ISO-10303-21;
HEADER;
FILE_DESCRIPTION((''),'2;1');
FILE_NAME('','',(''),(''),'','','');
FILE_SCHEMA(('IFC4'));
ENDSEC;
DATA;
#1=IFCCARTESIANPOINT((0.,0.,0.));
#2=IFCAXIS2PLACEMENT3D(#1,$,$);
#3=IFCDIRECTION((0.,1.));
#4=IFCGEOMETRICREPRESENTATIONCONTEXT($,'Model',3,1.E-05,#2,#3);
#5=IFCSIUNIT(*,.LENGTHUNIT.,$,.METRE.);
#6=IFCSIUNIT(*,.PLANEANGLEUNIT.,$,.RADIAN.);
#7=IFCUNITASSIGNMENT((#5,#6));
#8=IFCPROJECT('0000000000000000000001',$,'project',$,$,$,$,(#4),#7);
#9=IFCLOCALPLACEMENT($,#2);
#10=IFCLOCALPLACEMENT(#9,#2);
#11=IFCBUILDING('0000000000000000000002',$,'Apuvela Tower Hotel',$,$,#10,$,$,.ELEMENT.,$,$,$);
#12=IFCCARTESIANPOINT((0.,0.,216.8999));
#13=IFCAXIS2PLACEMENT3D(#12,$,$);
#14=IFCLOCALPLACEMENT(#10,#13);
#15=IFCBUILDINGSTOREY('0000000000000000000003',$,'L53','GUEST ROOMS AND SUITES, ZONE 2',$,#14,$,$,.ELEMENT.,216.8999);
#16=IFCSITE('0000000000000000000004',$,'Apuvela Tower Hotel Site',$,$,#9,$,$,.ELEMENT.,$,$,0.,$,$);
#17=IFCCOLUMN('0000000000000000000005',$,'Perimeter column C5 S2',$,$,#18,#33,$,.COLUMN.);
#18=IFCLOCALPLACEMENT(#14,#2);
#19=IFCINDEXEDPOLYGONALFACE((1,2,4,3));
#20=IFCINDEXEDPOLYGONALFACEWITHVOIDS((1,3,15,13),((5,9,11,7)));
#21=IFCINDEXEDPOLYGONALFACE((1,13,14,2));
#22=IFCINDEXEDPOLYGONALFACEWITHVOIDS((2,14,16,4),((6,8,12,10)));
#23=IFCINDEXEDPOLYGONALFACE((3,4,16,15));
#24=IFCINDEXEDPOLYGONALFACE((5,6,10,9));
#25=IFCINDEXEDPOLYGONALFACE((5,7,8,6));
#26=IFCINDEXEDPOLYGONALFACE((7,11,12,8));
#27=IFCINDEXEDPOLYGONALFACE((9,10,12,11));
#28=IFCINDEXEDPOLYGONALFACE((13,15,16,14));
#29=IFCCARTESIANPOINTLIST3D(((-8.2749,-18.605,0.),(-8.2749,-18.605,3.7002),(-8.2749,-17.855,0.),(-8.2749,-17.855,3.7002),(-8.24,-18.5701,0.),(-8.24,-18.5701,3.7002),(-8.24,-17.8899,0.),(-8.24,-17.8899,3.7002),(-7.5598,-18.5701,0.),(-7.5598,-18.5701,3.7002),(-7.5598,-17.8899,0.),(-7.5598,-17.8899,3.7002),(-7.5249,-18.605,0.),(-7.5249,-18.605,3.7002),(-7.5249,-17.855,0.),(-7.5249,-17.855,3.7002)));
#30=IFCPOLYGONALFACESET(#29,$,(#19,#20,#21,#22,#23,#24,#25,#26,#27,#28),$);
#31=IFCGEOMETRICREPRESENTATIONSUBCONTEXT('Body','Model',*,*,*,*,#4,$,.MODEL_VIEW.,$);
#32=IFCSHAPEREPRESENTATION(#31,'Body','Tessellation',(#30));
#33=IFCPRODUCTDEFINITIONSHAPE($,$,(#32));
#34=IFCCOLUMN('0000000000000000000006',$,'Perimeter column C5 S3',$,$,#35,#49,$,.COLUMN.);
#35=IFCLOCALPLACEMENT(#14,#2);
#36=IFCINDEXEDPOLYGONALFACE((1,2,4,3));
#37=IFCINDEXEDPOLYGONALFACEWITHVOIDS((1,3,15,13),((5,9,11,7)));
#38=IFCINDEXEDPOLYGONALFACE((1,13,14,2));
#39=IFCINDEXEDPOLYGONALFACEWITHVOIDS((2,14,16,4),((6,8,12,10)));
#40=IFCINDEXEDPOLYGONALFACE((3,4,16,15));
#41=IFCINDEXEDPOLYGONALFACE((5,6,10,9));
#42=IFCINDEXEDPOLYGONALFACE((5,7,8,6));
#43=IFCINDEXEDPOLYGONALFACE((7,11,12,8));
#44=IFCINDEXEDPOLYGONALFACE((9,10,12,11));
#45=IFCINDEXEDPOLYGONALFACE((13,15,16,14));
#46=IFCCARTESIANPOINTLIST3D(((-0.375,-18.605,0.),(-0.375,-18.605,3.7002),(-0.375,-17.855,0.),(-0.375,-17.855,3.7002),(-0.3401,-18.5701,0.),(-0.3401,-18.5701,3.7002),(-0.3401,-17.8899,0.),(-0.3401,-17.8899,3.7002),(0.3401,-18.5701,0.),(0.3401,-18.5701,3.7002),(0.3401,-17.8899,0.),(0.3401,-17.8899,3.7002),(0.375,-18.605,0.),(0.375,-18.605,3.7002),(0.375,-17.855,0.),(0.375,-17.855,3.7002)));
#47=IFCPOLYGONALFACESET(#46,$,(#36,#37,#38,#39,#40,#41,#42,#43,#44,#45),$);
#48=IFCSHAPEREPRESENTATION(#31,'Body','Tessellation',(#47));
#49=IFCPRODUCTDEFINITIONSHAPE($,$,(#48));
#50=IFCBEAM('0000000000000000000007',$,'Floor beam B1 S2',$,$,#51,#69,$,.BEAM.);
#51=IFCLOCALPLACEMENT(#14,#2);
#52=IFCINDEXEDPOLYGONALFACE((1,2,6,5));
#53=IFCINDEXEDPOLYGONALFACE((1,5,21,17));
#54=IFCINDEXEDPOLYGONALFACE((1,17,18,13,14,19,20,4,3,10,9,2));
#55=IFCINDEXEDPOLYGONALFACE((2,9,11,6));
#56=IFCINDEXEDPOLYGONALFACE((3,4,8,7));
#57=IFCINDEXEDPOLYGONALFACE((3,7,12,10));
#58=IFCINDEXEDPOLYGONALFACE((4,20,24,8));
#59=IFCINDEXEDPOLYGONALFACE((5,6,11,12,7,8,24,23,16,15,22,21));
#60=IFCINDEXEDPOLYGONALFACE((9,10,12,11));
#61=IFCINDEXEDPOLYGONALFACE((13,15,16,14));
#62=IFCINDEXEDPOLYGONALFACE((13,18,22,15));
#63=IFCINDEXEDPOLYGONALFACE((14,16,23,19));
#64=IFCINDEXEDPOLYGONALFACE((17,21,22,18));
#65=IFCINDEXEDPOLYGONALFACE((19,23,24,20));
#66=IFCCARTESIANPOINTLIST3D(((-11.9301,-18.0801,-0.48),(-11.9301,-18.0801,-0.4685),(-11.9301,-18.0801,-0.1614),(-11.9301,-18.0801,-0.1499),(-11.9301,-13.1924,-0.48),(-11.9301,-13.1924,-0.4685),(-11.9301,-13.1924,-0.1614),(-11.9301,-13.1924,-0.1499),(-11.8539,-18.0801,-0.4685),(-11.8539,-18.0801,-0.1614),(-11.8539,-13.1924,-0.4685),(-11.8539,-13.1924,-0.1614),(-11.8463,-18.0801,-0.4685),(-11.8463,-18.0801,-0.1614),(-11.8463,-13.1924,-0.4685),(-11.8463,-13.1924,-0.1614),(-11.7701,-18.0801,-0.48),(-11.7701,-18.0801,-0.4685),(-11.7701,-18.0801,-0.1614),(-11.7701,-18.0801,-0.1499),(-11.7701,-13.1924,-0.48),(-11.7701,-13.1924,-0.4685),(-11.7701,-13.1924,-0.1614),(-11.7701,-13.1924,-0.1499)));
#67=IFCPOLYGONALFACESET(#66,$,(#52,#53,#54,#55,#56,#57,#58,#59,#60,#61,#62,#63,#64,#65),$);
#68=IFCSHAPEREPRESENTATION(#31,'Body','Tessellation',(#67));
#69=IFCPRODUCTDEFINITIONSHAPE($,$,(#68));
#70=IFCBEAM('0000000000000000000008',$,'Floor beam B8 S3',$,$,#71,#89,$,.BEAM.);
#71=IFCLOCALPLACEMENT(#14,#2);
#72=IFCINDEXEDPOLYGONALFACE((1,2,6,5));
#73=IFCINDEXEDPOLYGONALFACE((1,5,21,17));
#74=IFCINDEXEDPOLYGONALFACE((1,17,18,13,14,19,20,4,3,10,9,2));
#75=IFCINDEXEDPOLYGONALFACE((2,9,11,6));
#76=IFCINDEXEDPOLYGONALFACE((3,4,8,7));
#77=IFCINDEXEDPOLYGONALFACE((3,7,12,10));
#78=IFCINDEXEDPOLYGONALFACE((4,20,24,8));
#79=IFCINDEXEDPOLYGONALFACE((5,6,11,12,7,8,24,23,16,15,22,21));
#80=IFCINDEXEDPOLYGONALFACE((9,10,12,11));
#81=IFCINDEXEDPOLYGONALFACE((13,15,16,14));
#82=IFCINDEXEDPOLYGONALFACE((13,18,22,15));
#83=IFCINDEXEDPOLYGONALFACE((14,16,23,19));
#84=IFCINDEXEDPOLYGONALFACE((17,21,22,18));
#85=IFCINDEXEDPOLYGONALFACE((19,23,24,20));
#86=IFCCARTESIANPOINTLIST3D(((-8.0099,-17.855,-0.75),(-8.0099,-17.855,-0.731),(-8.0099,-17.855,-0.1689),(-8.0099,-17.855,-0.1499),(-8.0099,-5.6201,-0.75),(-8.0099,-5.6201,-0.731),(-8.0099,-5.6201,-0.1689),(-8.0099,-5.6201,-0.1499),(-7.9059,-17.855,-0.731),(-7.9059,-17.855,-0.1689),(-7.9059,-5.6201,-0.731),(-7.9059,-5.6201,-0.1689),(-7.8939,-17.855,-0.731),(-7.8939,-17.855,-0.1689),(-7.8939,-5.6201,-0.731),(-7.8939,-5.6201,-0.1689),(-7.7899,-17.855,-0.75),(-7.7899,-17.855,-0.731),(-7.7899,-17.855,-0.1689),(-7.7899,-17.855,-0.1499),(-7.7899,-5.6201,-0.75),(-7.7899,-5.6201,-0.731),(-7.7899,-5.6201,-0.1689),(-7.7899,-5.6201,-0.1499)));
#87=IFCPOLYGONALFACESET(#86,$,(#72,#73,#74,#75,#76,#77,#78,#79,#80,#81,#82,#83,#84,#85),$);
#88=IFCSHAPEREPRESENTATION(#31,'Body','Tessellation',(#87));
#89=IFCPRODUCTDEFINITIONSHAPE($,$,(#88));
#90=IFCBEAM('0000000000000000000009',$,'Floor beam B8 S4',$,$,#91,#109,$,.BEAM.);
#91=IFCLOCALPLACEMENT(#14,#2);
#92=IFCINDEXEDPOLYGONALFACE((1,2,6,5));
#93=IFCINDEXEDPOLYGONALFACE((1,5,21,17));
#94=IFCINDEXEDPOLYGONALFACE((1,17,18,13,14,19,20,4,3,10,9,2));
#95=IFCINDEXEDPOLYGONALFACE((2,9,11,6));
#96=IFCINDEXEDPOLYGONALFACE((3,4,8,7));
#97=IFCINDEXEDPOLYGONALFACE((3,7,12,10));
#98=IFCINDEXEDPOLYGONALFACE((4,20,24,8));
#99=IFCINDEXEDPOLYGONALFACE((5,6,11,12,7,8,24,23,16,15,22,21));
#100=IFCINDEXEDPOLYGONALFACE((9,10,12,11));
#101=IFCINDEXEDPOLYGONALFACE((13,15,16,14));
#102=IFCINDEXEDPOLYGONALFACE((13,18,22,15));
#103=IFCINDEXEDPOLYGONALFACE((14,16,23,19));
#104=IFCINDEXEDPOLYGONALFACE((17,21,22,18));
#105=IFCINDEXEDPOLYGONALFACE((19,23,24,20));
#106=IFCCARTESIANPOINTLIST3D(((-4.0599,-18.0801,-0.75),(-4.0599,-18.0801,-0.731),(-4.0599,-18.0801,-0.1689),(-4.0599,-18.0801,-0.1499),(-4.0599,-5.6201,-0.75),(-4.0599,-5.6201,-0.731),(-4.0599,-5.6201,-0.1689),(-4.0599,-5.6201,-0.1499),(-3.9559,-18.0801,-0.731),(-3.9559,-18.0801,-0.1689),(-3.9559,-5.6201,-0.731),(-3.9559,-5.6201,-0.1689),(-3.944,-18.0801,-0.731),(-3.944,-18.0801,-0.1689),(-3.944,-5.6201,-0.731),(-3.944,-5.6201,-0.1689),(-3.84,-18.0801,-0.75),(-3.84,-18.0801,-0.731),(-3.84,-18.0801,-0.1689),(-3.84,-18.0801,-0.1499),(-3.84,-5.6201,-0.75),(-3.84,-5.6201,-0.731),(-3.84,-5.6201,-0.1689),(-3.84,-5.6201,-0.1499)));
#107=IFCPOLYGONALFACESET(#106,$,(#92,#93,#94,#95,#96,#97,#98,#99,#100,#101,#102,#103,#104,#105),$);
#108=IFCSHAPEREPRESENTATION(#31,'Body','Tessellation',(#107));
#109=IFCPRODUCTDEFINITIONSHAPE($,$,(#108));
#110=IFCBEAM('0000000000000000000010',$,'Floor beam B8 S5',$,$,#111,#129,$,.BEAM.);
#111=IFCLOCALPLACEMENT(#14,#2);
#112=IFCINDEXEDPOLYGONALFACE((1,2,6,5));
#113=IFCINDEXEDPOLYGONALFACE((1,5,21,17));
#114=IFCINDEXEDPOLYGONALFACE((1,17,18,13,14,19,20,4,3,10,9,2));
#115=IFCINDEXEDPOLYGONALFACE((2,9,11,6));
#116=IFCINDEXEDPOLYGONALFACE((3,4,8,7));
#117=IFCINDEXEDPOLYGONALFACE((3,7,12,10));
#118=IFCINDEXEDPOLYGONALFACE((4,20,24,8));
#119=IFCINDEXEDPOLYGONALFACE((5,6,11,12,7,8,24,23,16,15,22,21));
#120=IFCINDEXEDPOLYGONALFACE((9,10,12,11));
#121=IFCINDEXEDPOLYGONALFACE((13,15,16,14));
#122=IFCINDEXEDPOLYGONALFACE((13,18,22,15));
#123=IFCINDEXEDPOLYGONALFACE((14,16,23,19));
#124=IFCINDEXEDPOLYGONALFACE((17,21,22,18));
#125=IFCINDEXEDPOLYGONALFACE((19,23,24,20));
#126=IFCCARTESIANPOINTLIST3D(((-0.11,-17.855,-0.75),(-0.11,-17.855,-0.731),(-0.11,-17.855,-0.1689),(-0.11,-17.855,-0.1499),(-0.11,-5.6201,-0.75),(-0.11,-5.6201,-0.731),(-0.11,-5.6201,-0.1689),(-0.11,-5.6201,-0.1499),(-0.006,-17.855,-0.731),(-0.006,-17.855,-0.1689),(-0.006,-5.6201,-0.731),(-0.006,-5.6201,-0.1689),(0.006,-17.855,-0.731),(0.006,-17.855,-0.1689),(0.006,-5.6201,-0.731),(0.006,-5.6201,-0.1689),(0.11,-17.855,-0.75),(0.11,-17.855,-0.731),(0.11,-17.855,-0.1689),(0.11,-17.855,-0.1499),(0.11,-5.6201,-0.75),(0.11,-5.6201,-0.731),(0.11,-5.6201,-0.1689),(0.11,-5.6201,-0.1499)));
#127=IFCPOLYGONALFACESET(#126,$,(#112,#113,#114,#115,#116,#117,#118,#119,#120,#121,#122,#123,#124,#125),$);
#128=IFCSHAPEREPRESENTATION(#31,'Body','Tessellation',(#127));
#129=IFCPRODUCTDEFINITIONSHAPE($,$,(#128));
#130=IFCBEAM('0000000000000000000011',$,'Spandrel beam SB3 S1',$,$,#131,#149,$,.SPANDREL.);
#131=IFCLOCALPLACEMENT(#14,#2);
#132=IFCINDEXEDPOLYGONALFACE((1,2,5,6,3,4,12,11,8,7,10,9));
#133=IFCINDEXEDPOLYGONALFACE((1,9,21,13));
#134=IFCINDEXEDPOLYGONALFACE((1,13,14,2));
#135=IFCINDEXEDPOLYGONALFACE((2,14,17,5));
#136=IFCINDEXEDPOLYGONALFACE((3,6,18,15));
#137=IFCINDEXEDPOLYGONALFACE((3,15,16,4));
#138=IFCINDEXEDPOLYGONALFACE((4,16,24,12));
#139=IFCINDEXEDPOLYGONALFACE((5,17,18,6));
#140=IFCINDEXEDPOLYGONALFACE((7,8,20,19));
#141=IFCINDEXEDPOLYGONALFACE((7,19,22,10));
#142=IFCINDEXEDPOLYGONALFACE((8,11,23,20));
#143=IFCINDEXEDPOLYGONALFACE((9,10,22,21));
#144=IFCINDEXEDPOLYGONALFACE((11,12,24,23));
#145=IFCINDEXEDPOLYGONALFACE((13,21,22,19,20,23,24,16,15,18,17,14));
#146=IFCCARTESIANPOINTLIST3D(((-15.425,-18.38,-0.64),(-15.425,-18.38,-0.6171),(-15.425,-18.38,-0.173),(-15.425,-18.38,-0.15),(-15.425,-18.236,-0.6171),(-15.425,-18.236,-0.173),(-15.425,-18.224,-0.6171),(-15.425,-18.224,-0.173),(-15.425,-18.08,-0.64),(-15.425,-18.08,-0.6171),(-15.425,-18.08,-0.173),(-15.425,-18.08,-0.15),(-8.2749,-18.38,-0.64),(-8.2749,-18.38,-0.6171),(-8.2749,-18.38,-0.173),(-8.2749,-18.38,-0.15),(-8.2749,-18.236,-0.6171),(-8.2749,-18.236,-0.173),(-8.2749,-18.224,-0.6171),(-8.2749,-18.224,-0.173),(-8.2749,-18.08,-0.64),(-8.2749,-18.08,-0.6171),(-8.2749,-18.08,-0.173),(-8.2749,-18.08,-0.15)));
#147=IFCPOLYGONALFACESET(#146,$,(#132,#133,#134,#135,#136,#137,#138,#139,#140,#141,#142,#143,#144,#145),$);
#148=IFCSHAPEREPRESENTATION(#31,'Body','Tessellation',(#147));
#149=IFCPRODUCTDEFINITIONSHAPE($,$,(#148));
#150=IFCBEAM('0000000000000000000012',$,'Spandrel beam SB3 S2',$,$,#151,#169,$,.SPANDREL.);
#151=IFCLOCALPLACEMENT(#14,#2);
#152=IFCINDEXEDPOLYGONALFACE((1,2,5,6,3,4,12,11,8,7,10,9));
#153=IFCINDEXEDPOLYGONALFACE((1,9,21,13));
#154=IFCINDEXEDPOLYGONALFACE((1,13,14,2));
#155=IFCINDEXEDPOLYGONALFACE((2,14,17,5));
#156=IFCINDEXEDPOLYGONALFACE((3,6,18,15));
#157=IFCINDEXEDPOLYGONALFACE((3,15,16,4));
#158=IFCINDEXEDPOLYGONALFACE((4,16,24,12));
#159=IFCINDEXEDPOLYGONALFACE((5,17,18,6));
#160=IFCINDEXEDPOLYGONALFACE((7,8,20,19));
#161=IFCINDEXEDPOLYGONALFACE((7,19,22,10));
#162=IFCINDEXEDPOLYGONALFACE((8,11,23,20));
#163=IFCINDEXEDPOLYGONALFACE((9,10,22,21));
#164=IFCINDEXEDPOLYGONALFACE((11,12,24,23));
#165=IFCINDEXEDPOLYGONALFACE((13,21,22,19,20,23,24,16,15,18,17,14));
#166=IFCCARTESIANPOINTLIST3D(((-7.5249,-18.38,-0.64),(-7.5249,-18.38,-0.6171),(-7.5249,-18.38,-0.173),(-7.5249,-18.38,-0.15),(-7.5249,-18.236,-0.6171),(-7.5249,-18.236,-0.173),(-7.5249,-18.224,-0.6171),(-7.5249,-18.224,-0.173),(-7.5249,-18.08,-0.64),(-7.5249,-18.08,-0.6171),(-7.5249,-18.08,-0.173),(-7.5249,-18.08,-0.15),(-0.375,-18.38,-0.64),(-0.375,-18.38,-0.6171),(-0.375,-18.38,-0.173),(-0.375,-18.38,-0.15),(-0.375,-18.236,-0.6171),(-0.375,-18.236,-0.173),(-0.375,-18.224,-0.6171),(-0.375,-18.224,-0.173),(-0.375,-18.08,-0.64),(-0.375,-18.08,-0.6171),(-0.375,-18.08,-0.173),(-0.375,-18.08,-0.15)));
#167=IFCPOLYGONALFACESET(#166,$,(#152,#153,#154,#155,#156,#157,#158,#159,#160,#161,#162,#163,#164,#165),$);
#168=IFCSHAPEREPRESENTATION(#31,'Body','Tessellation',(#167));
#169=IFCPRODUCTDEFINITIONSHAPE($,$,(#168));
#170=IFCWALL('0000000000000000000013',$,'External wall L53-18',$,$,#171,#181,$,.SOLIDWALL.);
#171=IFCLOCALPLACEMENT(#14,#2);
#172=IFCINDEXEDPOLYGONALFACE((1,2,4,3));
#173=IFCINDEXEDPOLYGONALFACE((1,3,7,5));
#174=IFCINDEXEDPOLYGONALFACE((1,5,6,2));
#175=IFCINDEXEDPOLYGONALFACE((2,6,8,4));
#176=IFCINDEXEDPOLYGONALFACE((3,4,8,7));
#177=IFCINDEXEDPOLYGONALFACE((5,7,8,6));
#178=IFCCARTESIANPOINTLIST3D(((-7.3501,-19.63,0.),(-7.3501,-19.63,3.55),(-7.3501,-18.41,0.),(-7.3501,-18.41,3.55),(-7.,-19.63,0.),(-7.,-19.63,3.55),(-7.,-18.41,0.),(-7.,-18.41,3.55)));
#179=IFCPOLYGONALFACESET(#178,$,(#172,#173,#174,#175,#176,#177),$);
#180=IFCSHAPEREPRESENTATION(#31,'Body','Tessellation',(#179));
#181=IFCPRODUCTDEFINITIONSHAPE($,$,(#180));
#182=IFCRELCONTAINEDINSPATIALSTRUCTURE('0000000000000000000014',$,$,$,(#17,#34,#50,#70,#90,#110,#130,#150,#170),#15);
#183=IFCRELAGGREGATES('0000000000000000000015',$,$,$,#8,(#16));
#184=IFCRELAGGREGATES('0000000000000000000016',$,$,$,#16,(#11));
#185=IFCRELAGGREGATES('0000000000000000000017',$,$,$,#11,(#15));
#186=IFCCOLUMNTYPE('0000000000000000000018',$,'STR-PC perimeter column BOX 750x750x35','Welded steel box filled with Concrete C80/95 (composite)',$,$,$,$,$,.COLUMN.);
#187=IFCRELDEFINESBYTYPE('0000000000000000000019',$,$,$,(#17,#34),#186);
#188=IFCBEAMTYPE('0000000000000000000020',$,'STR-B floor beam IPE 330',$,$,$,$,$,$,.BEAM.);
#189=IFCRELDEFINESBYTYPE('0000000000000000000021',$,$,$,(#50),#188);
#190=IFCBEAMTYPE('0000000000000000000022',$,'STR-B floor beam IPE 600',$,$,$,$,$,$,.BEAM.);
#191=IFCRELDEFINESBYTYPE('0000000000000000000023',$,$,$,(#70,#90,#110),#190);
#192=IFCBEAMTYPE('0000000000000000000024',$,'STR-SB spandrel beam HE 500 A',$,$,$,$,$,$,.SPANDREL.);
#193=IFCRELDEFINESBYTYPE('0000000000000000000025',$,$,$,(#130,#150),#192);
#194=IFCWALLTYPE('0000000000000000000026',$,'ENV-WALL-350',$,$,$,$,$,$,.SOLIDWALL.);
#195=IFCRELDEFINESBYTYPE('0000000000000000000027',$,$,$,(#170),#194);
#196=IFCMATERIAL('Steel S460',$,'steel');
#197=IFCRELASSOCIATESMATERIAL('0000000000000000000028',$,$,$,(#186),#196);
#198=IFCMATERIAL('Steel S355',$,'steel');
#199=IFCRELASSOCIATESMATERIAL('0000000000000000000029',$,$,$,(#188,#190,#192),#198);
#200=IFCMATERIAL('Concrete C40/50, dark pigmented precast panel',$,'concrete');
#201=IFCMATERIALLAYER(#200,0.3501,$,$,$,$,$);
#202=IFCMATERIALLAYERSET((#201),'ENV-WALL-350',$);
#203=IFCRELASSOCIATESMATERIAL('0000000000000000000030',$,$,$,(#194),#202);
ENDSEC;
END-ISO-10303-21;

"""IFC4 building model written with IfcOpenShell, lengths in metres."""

from ifc_helpers import new_model, si_unit, direction, frame, frame_2d, origin, origin_2d, place, context, subcontext, project, spatial, rectangle, hollow_rectangle, i_section, extrude, material, layer, layer_set, material_profile, profile_set, type_object, element, save


model = new_model("IFC4")

# Units and contexts
model_context = context("Model", 3, precision=1e-05, world=origin(), true_north=direction((0.0, 1.0)))
body_context = subcontext(model_context, "Body", "Model", "MODEL_VIEW")
ifc_project = project(units=[si_unit("LENGTHUNIT", "METRE"), si_unit("PLANEANGLEUNIT", "RADIAN")], contexts=[model_context])

# Site, building, storey
site_placement = place(None, origin())
site = spatial("IfcSite", under=ifc_project, at=site_placement, Name="Apuvela Tower Hotel Site", CompositionType="ELEMENT", RefElevation=0.0)
building_placement = place(site_placement, origin())
building = spatial("IfcBuilding", under=site, at=building_placement, Name="Apuvela Tower Hotel", CompositionType="ELEMENT")
storey_placement = place(building_placement, frame((0.0, 0.0, 216.8999)))
storey = spatial("IfcBuildingStorey", under=building, at=storey_placement, Name="L53", Description="GUEST ROOMS AND SUITES, ZONE 2", CompositionType="ELEMENT", Elevation=216.8999)

# Columns
ifc_material_1 = material(Name="Steel S460", Category="steel")
ifc_material_profile_1 = material_profile(ifc_material_1, hollow_rectangle(XDim=0.75, YDim=0.75, WallThickness=0.0349, at=origin_2d()), Name="BOX 750x750x35")
ifc_material_2 = material(Name="Concrete C80/95", Category="concrete")
ifc_material_profile_2 = material_profile(ifc_material_2, rectangle(XDim=0.6799, YDim=0.6799, at=origin_2d()), Name="Concrete C80/95 infill")
ifc_profile_set_1 = profile_set([ifc_material_profile_1, ifc_material_profile_2], Name="Steel S460")
column_type = type_object("IfcColumnType", Name="STR-PC perimeter column BOX 750x750x35", Description="Welded steel box filled with Concrete C80/95 (composite)", PredefinedType="COLUMN", material=ifc_profile_set_1)
for number, where, z_axis, x_axis, name in (
    (1, (-7.8999, -18.23, 0.0), (0.0, 0.0, 1.0), (-1.0, 0.0, 0.0), "Perimeter column C5 S2"),
    (2, (0.0, -18.23, 0.0), (0.0, 0.0, 1.0), (-1.0, 0.0, 0.0), "Perimeter column C5 S3"),
):
    element("IfcColumn", number, at=place(storey_placement, frame(where, z_axis=z_axis, x_axis=x_axis)), inside=storey, type_object=column_type, Name=name, PredefinedType="COLUMN", context=body_context, shape_type="SweptSolid", body=[
        extrude(hollow_rectangle(XDim=0.75, YDim=0.75, WallThickness=0.0349, at=origin_2d()), origin(), (0.0, 0.0, 1.0), 3.7002),
    ])

# Beams
ifc_material_3 = material(Name="Steel S355", Category="steel")
ifc_material_profile_3 = material_profile(ifc_material_3, i_section(OverallWidth=0.1599, OverallDepth=0.3301, WebThickness=0.0076, FlangeThickness=0.0115, at=origin_2d()), Name="IPE 330")
ifc_profile_set_2 = profile_set([ifc_material_profile_3], Name="Steel S355")
beam_type_1 = type_object("IfcBeamType", Name="STR-B floor beam IPE 330", PredefinedType="BEAM", material=ifc_profile_set_2)
beam_1_placement = place(storey_placement, frame((-11.8501, -18.0801, -0.3149), z_axis=(0.0, 1.0, 0.0), x_axis=(-1.0, 0.0, 0.0)))
element("IfcBeam", 3, at=beam_1_placement, inside=storey, type_object=beam_type_1, Name="Floor beam B1 S2", PredefinedType="BEAM", context=body_context, shape_type="SweptSolid", body=[
    extrude(i_section(OverallWidth=0.1599, OverallDepth=0.3301, WebThickness=0.0076, FlangeThickness=0.0115, at=origin_2d()), origin(), (0.0, 0.0, 1.0), 4.8877),
])
ifc_material_profile_4 = material_profile(ifc_material_3, i_section(OverallWidth=0.22, OverallDepth=0.6001, WebThickness=0.012, FlangeThickness=0.019, at=origin_2d()), Name="IPE 600")
ifc_profile_set_3 = profile_set([ifc_material_profile_4], Name="Steel S355")
beam_type_2 = type_object("IfcBeamType", Name="STR-B floor beam IPE 600", PredefinedType="BEAM", material=ifc_profile_set_3)
beam_2_placement = place(storey_placement, frame((-7.8999, -17.855, -0.45), z_axis=(0.0, 1.0, 0.0), x_axis=(-1.0, 0.0, 0.0)))
element("IfcBeam", 4, at=beam_2_placement, inside=storey, type_object=beam_type_2, Name="Floor beam B8 S3", PredefinedType="BEAM", context=body_context, shape_type="SweptSolid", body=[
    extrude(i_section(OverallWidth=0.22, OverallDepth=0.6001, WebThickness=0.012, FlangeThickness=0.019, at=origin_2d()), origin(), (0.0, 0.0, 1.0), 12.2349),
])
beam_3_placement = place(storey_placement, frame((-3.95, -18.0801, -0.45), z_axis=(0.0, 1.0, 0.0), x_axis=(-1.0, 0.0, 0.0)))
element("IfcBeam", 5, at=beam_3_placement, inside=storey, type_object=beam_type_2, Name="Floor beam B8 S4", PredefinedType="BEAM", context=body_context, shape_type="SweptSolid", body=[
    extrude(i_section(OverallWidth=0.22, OverallDepth=0.6001, WebThickness=0.012, FlangeThickness=0.019, at=origin_2d()), origin(), (0.0, 0.0, 1.0), 12.46),
])
beam_4_placement = place(storey_placement, frame((0.0, -17.855, -0.45), z_axis=(0.0, 1.0, 0.0), x_axis=(-1.0, 0.0, 0.0)))
element("IfcBeam", 6, at=beam_4_placement, inside=storey, type_object=beam_type_2, Name="Floor beam B8 S5", PredefinedType="BEAM", context=body_context, shape_type="SweptSolid", body=[
    extrude(i_section(OverallWidth=0.22, OverallDepth=0.6001, WebThickness=0.012, FlangeThickness=0.019, at=origin_2d()), origin(), (0.0, 0.0, 1.0), 12.2349),
])
ifc_material_profile_5 = material_profile(ifc_material_3, i_section(OverallWidth=0.3, OverallDepth=0.49, WebThickness=0.012, FlangeThickness=0.0229, at=origin_2d()), Name="HE 500 A")
ifc_profile_set_4 = profile_set([ifc_material_profile_5], Name="Steel S355")
beam_type_3 = type_object("IfcBeamType", Name="STR-SB spandrel beam HE 500 A", PredefinedType="SPANDREL", material=ifc_profile_set_4)
beam_5_placement = place(storey_placement, frame((-15.425, -18.23, -0.395), z_axis=(1.0, 0.0, 0.0), x_axis=(0.0, 1.0, 0.0)))
element("IfcBeam", 7, at=beam_5_placement, inside=storey, type_object=beam_type_3, Name="Spandrel beam SB3 S1", PredefinedType="SPANDREL", context=body_context, shape_type="SweptSolid", body=[
    extrude(i_section(OverallWidth=0.3, OverallDepth=0.49, WebThickness=0.012, FlangeThickness=0.0229, at=origin_2d()), origin(), (0.0, 0.0, 1.0), 7.1501),
])
beam_6_placement = place(storey_placement, frame((-7.5249, -18.23, -0.395), z_axis=(1.0, 0.0, 0.0), x_axis=(0.0, 1.0, 0.0)))
element("IfcBeam", 8, at=beam_6_placement, inside=storey, type_object=beam_type_3, Name="Spandrel beam SB3 S2", PredefinedType="SPANDREL", context=body_context, shape_type="SweptSolid", body=[
    extrude(i_section(OverallWidth=0.3, OverallDepth=0.49, WebThickness=0.012, FlangeThickness=0.0229, at=origin_2d()), origin(), (0.0, 0.0, 1.0), 7.1499),
])

# Wall
ifc_material_4 = material(Name="Concrete C40/50, dark pigmented precast panel", Category="concrete")
ifc_layer_1 = layer(ifc_material_4, 0.3501)
ifc_layer_set_1 = layer_set([ifc_layer_1], Name="ENV-WALL-350")
wall_type_1 = type_object("IfcWallType", Name="ENV-WALL-350", PredefinedType="SOLIDWALL", material=ifc_layer_set_1)
wall_1_placement = place(storey_placement, frame((-7.175, -19.6299, 0.0), z_axis=(0.0, 0.0, 1.0), x_axis=(0.0, 1.0, 0.0)))
element("IfcWall", 9, at=wall_1_placement, inside=storey, type_object=wall_type_1, Name="External wall L53-18", PredefinedType="SOLIDWALL", context=body_context, shape_type="SweptSolid", body=[
    extrude(rectangle(XDim=1.22, YDim=0.3501, at=frame_2d((0.6099, 0.0))), origin(), (0.0, 0.0, 1.0), 3.55),
])

save(model, "model.ifc")
